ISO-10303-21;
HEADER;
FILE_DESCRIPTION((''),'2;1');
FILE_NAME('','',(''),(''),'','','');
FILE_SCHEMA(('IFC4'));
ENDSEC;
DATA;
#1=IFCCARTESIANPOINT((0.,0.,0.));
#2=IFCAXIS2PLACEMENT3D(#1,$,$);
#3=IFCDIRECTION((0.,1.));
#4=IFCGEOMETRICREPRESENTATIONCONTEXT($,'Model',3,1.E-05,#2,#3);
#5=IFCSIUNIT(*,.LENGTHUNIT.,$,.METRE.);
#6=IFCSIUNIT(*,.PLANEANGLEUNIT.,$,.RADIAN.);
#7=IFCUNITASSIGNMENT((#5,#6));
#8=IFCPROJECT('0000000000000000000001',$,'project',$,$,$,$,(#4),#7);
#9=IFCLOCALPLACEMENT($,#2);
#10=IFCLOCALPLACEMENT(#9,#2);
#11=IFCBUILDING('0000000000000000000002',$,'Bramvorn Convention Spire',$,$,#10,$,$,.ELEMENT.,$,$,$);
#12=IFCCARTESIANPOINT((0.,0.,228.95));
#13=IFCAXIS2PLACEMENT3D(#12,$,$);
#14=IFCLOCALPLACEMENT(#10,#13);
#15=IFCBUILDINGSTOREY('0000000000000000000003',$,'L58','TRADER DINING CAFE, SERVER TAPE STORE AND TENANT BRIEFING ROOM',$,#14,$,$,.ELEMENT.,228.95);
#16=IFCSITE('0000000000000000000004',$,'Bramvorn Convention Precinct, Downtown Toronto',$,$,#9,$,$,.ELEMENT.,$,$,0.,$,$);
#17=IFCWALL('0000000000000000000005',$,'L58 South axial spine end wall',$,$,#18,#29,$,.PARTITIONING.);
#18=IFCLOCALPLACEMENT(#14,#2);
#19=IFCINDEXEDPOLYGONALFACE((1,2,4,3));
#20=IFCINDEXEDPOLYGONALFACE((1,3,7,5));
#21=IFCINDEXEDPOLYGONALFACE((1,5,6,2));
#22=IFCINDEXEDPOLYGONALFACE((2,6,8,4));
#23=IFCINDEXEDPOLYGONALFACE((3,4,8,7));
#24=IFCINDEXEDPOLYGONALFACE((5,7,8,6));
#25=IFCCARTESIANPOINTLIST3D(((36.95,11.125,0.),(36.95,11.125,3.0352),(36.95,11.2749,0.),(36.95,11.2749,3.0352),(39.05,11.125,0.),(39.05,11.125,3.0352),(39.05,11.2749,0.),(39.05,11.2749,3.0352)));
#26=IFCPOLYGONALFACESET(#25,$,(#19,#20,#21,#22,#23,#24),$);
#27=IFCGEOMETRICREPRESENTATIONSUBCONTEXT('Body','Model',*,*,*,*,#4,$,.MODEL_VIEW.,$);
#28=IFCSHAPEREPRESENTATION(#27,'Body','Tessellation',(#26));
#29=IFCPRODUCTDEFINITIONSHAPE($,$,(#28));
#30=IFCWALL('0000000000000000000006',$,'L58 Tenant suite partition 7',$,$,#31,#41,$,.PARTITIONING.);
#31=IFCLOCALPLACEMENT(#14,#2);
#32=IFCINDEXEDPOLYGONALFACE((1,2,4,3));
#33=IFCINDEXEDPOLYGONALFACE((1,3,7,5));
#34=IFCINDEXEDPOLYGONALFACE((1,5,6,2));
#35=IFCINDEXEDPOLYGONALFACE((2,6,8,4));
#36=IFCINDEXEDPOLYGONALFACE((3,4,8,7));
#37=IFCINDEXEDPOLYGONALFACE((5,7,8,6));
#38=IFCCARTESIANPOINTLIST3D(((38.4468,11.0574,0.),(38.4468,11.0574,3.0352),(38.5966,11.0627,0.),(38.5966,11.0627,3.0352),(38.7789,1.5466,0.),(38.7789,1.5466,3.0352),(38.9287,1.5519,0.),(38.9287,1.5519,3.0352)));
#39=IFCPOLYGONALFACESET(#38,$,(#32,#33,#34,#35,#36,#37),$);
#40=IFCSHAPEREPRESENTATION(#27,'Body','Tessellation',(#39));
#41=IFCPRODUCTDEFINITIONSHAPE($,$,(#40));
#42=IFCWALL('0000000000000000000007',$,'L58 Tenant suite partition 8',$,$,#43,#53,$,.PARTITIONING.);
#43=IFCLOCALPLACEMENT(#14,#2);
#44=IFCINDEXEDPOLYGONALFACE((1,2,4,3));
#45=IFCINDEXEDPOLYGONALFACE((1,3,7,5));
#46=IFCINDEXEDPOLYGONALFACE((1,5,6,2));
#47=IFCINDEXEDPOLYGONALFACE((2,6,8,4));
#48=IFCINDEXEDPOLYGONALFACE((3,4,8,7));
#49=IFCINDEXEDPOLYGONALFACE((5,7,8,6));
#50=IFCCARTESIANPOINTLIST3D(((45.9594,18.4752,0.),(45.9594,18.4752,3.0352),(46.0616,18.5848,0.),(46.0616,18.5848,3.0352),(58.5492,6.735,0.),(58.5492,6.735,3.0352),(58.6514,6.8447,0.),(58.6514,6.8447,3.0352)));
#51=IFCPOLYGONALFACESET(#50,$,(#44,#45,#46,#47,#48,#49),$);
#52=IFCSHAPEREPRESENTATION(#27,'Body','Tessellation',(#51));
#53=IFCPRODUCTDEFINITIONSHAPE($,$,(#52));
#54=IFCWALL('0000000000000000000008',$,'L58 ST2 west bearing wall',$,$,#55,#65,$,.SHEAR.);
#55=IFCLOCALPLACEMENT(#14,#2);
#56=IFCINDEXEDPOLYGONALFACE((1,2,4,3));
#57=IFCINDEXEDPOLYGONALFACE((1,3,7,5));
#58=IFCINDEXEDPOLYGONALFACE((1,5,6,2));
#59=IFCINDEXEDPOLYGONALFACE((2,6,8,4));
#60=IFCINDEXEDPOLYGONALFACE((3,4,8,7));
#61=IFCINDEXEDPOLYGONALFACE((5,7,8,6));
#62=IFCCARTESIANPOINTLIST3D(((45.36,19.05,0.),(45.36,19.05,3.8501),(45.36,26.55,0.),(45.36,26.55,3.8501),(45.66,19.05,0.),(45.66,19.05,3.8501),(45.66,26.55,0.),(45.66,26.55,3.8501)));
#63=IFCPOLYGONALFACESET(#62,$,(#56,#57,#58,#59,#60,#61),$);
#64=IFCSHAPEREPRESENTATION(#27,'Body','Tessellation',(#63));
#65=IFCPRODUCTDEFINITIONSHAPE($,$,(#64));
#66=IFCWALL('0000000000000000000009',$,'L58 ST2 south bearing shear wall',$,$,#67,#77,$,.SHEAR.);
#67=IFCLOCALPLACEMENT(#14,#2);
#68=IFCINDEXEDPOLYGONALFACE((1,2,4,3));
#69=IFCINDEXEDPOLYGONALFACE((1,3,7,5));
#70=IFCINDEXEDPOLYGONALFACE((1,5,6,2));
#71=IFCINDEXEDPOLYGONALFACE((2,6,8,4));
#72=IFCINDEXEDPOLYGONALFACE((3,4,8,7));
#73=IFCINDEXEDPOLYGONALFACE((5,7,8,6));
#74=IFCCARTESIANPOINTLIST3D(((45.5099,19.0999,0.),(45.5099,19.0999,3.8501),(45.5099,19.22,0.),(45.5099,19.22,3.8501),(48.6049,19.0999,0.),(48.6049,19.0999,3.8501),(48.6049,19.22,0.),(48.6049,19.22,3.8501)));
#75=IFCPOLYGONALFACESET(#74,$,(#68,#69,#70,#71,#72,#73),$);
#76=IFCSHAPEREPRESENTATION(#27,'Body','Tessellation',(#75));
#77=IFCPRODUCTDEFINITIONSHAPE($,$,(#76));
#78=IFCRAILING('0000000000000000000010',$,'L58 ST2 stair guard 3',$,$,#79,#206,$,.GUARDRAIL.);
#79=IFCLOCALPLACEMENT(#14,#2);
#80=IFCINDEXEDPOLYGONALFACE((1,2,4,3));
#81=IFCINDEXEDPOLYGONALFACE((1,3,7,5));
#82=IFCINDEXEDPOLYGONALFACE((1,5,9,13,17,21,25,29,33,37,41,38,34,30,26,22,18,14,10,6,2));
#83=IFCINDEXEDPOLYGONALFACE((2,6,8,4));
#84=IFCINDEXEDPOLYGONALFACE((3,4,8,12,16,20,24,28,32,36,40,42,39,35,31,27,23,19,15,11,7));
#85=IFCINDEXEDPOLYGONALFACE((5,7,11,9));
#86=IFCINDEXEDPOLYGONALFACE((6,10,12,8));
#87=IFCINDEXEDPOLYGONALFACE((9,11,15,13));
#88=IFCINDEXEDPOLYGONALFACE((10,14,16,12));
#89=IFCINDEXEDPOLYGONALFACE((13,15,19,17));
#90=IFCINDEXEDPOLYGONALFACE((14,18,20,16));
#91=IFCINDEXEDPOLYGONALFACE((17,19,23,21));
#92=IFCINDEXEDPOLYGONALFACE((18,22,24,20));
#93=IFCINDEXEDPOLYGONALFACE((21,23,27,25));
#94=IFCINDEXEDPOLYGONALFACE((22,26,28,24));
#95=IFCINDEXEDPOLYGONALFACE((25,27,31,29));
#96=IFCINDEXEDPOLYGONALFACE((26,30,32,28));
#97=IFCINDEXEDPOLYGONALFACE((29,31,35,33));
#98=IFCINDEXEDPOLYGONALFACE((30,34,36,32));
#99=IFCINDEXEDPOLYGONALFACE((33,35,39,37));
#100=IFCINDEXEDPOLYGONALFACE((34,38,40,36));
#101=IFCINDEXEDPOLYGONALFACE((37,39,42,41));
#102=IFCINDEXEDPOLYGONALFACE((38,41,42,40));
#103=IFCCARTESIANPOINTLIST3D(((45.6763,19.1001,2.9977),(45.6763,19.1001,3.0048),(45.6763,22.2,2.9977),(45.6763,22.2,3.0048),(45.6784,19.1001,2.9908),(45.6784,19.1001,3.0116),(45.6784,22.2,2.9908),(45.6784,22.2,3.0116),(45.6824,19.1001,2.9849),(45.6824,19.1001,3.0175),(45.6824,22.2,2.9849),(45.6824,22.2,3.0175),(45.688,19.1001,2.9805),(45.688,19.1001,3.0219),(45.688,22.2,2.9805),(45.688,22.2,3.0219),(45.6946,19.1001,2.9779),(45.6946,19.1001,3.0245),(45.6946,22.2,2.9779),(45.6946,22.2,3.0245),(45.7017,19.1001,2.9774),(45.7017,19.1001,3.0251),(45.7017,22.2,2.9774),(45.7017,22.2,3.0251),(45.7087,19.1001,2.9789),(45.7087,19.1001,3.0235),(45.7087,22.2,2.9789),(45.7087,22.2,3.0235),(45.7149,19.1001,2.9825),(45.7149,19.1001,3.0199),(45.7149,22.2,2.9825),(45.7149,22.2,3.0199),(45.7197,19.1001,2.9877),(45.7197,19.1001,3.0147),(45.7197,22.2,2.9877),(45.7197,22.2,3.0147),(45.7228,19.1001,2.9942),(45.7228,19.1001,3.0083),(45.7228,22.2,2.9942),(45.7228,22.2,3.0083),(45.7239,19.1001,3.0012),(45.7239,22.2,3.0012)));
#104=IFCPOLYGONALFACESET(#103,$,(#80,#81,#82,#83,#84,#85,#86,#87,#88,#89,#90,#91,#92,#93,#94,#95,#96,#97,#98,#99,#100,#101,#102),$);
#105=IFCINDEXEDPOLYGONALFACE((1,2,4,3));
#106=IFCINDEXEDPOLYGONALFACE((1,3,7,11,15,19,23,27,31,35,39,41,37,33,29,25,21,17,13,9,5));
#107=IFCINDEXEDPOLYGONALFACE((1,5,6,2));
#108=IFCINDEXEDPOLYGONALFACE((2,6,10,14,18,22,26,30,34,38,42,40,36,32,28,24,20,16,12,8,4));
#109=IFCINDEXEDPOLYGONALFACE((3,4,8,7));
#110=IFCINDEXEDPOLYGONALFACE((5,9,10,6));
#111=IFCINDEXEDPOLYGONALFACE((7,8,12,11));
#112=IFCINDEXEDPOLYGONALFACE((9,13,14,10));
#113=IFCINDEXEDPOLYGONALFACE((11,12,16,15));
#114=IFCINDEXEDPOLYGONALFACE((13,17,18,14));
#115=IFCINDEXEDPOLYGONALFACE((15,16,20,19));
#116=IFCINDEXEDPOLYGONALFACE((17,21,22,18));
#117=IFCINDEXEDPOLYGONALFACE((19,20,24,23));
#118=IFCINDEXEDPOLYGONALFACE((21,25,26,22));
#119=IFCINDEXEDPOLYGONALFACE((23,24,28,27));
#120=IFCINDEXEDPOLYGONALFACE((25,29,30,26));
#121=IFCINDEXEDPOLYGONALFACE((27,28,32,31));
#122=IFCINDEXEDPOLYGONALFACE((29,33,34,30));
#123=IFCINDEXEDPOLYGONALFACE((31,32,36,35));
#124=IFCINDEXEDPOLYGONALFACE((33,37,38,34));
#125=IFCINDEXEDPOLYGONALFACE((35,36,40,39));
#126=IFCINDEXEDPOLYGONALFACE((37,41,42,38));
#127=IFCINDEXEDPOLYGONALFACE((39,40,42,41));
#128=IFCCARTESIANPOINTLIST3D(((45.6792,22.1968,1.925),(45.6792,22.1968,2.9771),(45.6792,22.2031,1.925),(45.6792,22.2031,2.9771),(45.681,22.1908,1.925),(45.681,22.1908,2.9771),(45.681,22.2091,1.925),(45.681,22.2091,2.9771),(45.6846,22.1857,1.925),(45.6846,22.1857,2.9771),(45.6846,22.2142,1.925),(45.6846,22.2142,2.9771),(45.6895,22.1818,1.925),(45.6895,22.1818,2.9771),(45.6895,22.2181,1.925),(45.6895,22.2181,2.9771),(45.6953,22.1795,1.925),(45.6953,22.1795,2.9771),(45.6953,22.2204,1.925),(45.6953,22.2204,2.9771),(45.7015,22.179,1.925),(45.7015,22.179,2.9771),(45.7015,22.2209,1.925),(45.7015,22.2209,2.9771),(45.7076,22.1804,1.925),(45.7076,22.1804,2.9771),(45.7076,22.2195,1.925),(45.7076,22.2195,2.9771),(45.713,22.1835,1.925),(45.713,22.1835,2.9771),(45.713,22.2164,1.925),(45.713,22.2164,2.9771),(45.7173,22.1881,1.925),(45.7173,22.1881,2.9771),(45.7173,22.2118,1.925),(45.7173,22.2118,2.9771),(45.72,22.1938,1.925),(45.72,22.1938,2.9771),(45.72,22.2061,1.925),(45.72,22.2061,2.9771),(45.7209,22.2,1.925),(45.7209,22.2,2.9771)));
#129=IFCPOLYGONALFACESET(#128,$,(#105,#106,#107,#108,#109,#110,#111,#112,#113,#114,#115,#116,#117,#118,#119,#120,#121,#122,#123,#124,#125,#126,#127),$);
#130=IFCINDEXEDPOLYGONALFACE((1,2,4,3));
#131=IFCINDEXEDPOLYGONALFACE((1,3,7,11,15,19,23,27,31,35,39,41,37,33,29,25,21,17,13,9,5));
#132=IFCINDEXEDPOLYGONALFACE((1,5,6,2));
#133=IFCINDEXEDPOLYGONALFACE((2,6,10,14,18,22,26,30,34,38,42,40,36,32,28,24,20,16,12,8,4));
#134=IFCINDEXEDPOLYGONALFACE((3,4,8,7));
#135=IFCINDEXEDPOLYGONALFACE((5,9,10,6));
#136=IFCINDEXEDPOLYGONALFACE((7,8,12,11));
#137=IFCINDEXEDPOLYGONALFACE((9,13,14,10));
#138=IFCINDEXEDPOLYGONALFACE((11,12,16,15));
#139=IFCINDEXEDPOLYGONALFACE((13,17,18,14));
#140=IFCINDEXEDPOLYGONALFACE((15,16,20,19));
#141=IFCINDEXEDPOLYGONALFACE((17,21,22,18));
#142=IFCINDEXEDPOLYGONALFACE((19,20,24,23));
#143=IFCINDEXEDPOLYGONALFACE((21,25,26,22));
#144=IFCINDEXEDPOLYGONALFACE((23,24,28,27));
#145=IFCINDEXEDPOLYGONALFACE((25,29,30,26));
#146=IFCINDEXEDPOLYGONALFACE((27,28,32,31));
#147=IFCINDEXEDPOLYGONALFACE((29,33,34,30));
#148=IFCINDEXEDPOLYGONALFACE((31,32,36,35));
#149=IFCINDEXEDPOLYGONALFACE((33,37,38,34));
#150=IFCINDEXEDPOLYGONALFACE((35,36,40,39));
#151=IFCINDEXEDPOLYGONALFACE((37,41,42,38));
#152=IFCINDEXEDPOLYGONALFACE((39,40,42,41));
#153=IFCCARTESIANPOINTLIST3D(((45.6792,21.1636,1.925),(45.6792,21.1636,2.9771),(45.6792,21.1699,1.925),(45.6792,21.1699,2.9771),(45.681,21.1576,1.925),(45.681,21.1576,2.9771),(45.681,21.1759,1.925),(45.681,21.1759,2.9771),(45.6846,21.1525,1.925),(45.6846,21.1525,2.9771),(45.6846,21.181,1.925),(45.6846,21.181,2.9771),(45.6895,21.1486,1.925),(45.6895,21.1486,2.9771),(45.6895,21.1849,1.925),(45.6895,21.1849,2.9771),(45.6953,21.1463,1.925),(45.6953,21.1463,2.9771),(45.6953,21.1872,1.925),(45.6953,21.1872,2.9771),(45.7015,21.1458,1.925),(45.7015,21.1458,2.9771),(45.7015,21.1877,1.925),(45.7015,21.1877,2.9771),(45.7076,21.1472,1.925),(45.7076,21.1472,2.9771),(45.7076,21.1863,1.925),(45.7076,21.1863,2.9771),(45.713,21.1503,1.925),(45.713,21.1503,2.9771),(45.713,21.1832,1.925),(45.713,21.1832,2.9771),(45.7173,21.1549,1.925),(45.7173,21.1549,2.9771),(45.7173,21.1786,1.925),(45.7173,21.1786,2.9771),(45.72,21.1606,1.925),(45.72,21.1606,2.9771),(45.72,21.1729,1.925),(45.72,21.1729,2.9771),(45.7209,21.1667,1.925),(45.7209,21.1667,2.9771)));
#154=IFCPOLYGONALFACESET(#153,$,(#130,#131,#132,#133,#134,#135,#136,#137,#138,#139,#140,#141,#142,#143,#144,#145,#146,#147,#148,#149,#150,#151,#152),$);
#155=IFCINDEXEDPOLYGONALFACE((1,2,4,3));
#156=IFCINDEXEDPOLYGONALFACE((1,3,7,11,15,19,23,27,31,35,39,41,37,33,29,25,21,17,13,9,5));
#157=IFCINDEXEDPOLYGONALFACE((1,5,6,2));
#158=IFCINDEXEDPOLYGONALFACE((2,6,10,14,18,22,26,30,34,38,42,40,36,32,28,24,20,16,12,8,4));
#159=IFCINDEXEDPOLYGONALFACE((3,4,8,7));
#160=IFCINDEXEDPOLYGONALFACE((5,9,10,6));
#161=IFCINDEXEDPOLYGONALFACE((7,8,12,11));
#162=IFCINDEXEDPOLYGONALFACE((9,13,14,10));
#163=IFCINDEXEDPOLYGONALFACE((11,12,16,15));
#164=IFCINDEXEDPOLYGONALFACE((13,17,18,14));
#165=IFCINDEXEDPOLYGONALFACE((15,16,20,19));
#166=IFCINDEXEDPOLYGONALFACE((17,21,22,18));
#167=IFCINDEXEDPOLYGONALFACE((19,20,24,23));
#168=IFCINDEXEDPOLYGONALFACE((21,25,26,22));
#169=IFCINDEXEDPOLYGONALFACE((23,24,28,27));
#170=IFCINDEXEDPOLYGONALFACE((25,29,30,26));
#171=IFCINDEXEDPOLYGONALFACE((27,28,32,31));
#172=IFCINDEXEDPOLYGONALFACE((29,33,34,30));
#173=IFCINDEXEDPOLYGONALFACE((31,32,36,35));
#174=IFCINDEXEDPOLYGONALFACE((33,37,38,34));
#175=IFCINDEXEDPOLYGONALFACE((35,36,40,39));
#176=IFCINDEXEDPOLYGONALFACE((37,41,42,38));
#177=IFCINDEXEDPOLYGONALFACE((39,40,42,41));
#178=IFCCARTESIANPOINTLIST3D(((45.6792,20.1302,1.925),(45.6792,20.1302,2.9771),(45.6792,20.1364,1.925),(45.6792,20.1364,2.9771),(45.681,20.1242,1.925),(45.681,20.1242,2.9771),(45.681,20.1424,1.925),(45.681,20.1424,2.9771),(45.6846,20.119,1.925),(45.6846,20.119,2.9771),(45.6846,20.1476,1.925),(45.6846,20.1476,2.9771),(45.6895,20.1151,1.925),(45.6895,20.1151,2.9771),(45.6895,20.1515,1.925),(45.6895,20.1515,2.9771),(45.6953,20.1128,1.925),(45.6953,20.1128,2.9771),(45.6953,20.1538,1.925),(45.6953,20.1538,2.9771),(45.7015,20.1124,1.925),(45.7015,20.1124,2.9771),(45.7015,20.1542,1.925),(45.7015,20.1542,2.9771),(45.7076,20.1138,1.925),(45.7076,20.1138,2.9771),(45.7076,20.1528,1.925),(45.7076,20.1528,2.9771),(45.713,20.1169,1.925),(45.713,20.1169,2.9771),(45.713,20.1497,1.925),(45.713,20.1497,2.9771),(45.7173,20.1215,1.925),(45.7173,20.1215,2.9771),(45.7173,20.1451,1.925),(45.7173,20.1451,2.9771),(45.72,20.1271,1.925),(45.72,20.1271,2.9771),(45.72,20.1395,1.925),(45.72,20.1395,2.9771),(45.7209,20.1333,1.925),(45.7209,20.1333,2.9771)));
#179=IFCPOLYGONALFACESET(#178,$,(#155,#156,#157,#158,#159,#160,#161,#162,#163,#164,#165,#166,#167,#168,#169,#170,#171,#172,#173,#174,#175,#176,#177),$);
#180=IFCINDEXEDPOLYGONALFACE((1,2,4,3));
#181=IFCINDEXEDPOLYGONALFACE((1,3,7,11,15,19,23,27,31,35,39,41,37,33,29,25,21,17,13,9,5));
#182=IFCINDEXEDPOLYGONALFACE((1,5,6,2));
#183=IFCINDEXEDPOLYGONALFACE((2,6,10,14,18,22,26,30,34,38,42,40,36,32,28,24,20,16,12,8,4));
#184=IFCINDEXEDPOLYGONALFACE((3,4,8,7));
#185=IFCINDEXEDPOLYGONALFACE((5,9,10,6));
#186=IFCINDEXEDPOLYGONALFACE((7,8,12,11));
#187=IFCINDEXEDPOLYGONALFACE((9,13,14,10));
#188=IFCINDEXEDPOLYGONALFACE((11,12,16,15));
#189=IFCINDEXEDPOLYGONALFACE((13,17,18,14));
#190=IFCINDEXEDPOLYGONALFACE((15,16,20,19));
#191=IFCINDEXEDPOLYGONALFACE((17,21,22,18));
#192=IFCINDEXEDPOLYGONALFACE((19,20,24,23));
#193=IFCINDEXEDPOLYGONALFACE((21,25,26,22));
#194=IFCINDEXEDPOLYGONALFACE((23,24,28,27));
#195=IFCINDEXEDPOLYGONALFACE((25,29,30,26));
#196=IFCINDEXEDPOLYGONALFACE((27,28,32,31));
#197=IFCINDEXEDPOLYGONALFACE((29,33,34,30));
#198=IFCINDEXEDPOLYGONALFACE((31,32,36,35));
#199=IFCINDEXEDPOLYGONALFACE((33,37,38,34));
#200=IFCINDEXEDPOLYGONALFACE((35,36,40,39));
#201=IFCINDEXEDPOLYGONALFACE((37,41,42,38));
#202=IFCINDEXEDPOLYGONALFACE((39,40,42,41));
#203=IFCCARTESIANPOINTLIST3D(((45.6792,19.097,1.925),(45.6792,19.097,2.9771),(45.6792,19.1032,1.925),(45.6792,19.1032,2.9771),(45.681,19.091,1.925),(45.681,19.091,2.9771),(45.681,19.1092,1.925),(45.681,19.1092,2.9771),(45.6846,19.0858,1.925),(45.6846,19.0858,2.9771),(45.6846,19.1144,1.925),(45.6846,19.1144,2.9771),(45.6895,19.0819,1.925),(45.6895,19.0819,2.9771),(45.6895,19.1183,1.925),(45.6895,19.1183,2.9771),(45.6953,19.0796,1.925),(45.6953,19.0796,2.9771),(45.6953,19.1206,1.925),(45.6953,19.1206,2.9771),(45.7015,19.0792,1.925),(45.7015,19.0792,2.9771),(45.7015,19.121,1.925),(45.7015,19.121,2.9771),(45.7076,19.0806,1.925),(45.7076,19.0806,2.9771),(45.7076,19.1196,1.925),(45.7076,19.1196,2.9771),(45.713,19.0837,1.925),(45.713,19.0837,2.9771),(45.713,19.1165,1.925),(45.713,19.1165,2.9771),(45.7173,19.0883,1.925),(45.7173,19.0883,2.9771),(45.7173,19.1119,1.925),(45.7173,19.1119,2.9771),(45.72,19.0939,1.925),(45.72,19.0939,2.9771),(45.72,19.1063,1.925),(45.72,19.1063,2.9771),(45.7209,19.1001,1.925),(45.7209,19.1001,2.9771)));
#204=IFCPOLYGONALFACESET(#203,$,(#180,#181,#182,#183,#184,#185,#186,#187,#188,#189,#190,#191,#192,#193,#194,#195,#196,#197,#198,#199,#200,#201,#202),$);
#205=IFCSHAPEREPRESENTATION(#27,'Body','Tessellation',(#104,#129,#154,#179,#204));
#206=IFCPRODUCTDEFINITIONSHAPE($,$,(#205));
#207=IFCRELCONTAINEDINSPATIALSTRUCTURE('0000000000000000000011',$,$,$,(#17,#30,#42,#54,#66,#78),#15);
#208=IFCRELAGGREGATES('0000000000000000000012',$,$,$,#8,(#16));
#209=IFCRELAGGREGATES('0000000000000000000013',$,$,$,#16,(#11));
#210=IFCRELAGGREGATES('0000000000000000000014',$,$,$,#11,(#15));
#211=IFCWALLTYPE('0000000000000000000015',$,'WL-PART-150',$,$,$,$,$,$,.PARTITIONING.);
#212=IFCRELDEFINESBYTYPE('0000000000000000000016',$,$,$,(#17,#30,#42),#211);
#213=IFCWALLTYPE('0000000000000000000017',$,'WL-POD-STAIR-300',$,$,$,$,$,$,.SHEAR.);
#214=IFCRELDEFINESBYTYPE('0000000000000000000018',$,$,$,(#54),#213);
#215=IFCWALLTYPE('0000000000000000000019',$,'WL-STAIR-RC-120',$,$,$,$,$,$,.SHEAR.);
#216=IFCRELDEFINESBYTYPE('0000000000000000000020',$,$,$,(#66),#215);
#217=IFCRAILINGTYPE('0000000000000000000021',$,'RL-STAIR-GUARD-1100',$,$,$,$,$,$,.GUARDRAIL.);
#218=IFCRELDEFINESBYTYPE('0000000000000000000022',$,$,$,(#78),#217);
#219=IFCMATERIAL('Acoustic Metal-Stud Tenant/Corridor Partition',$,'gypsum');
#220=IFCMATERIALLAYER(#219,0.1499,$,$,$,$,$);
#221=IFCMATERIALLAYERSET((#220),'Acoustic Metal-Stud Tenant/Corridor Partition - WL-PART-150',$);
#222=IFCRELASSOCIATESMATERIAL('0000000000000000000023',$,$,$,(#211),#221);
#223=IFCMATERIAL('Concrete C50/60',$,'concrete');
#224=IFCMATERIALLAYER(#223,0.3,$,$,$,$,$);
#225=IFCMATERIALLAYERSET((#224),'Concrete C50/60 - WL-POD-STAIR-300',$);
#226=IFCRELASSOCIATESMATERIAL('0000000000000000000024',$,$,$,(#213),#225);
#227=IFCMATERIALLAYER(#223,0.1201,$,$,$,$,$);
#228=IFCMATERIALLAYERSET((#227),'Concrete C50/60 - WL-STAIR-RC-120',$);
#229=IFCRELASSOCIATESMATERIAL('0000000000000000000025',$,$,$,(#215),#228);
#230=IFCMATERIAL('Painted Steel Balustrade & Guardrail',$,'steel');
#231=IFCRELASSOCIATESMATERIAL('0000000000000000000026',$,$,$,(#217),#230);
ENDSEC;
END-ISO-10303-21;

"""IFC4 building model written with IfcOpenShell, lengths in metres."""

from ifc_helpers import new_model, si_unit, direction, frame, frame_2d, origin, origin_2d, place, context, subcontext, project, spatial, rectangle, circle, extrude, material, layer, layer_set, type_object, element, save


model = new_model("IFC4")

# Units and contexts
model_context = context("Model", 3, precision=1e-05, world=origin(), true_north=direction((0.0, 1.0)))
body_context = subcontext(model_context, "Body", "Model", "MODEL_VIEW")
ifc_project = project(units=[si_unit("LENGTHUNIT", "METRE"), si_unit("PLANEANGLEUNIT", "RADIAN")], contexts=[model_context])

# Site, building, storey
site_placement = place(None, origin())
site = spatial("IfcSite", under=ifc_project, at=site_placement, Name="Bramvorn Convention Precinct, Downtown Toronto", CompositionType="ELEMENT", RefElevation=0.0)
building_placement = place(site_placement, origin())
building = spatial("IfcBuilding", under=site, at=building_placement, Name="Bramvorn Convention Spire", CompositionType="ELEMENT")
storey_placement = place(building_placement, frame((0.0, 0.0, 228.95)))
storey = spatial("IfcBuildingStorey", under=building, at=storey_placement, Name="L58", Description="TRADER DINING CAFE, SERVER TAPE STORE AND TENANT BRIEFING ROOM", CompositionType="ELEMENT", Elevation=228.95)

# Shared definitions
ifc_material_1 = material(Name="Concrete C50/60", Category="concrete")

# Shared definitions
ifc_material_2 = material(Name="Acoustic Metal-Stud Tenant/Corridor Partition", Category="gypsum")
ifc_layer_1 = layer(ifc_material_2, 0.1499)
ifc_layer_set_1 = layer_set([ifc_layer_1], Name="Acoustic Metal-Stud Tenant/Corridor Partition - WL-PART-150")
wall_type_1 = type_object("IfcWallType", Name="WL-PART-150", PredefinedType="PARTITIONING", material=ifc_layer_set_1)

# Walls
wall_1_placement = place(storey_placement, frame((36.95, 11.2, 0.0), z_axis=(0.0, 0.0, 1.0), x_axis=(1.0, 0.0, 0.0)))
element("IfcWall", 1, at=wall_1_placement, inside=storey, type_object=wall_type_1, Name="L58 South axial spine end wall", PredefinedType="PARTITIONING", context=body_context, shape_type="SweptSolid", body=[
    extrude(rectangle(XDim=2.1001, YDim=0.1499, at=frame_2d((1.05, 0.0))), origin(), (0.0, 0.0, 1.0), 3.0352),
])
wall_2_placement = place(storey_placement, frame((38.5217, 11.0601, 0.0), z_axis=(0.0, 0.0, 1.0), x_axis=(0.03489, -0.999391, 0.0)))
element("IfcWall", 2, at=wall_2_placement, inside=storey, type_object=wall_type_1, Name="L58 Tenant suite partition 7", PredefinedType="PARTITIONING", context=body_context, shape_type="SweptSolid", body=[
    extrude(rectangle(XDim=9.5166, YDim=0.1499, at=frame_2d((4.7583, 0.0))), origin(), (0.0, 0.0, 1.0), 3.0352),
])
wall_3_placement = place(storey_placement, frame((46.0105, 18.53, 0.0), z_axis=(0.0, 0.0, 1.0), x_axis=(0.731353, -0.681999, 0.0)))
element("IfcWall", 3, at=wall_3_placement, inside=storey, type_object=wall_type_1, Name="L58 Tenant suite partition 8", PredefinedType="PARTITIONING", context=body_context, shape_type="SweptSolid", body=[
    extrude(rectangle(XDim=17.2144, YDim=0.1499, at=frame_2d((8.6072, 0.0))), origin(), (0.0, 0.0, 1.0), 3.0352),
])
ifc_layer_2 = layer(ifc_material_1, 0.3)
ifc_layer_set_2 = layer_set([ifc_layer_2], Name="Concrete C50/60 - WL-POD-STAIR-300")
wall_type_2 = type_object("IfcWallType", Name="WL-POD-STAIR-300", PredefinedType="SHEAR", material=ifc_layer_set_2)
wall_4_placement = place(storey_placement, frame((45.51, 19.05, 0.0), z_axis=(0.0, 0.0, 1.0), x_axis=(0.0, 1.0, 0.0)))
element("IfcWall", 4, at=wall_4_placement, inside=storey, type_object=wall_type_2, Name="L58 ST2 west bearing wall", PredefinedType="SHEAR", context=body_context, shape_type="SweptSolid", body=[
    extrude(rectangle(XDim=7.5, YDim=0.3, at=frame_2d((3.75, 0.0))), origin(), (0.0, 0.0, 1.0), 3.8501),
])
ifc_layer_3 = layer(ifc_material_1, 0.1201)
ifc_layer_set_3 = layer_set([ifc_layer_3], Name="Concrete C50/60 - WL-STAIR-RC-120")
wall_type_3 = type_object("IfcWallType", Name="WL-STAIR-RC-120", PredefinedType="SHEAR", material=ifc_layer_set_3)
wall_5_placement = place(storey_placement, frame((45.51, 19.1599, 0.0), z_axis=(0.0, 0.0, 1.0), x_axis=(1.0, 0.0, 0.0)))
element("IfcWall", 5, at=wall_5_placement, inside=storey, type_object=wall_type_3, Name="L58 ST2 south bearing shear wall", PredefinedType="SHEAR", context=body_context, shape_type="SweptSolid", body=[
    extrude(rectangle(XDim=3.095, YDim=0.1201, at=frame_2d((1.5474, 0.0))), origin(), (0.0, 0.0, 1.0), 3.8501),
])

# Railing
ifc_material_3 = material(Name="Painted Steel Balustrade & Guardrail", Category="steel")
railing_type = type_object("IfcRailingType", Name="RL-STAIR-GUARD-1100", PredefinedType="GUARDRAIL", material=ifc_material_3)
railing_1_placement = place(storey_placement, frame((45.7, 22.2, 1.925)))
element("IfcRailing", 6, at=railing_1_placement, inside=storey, type_object=railing_type, Name="L58 ST2 stair guard 3", PredefinedType="GUARDRAIL", context=body_context, shape_type="SweptSolid", body=[
    extrude(circle(Radius=0.0239, at=origin_2d()), frame((0.0, 0.0, 1.0762), z_axis=(0.0, -1.0, 0.0), x_axis=(1.0, 0.0, 0.0)), (0.0, 0.0, 1.0), 3.0999),
    extrude(circle(Radius=0.021, at=origin_2d()), origin(), (0.0, 0.0, 1.0), 1.052),
    extrude(circle(Radius=0.021, at=origin_2d()), frame((0.0, -1.0332, 0.0)), (0.0, 0.0, 1.0), 1.052),
    extrude(circle(Radius=0.021, at=origin_2d()), frame((0.0, -2.0667, 0.0)), (0.0, 0.0, 1.0), 1.052),
    extrude(circle(Radius=0.021, at=origin_2d()), frame((0.0, -3.0999, 0.0)), (0.0, 0.0, 1.0), 1.052),
])

save(model, "model.ifc")
